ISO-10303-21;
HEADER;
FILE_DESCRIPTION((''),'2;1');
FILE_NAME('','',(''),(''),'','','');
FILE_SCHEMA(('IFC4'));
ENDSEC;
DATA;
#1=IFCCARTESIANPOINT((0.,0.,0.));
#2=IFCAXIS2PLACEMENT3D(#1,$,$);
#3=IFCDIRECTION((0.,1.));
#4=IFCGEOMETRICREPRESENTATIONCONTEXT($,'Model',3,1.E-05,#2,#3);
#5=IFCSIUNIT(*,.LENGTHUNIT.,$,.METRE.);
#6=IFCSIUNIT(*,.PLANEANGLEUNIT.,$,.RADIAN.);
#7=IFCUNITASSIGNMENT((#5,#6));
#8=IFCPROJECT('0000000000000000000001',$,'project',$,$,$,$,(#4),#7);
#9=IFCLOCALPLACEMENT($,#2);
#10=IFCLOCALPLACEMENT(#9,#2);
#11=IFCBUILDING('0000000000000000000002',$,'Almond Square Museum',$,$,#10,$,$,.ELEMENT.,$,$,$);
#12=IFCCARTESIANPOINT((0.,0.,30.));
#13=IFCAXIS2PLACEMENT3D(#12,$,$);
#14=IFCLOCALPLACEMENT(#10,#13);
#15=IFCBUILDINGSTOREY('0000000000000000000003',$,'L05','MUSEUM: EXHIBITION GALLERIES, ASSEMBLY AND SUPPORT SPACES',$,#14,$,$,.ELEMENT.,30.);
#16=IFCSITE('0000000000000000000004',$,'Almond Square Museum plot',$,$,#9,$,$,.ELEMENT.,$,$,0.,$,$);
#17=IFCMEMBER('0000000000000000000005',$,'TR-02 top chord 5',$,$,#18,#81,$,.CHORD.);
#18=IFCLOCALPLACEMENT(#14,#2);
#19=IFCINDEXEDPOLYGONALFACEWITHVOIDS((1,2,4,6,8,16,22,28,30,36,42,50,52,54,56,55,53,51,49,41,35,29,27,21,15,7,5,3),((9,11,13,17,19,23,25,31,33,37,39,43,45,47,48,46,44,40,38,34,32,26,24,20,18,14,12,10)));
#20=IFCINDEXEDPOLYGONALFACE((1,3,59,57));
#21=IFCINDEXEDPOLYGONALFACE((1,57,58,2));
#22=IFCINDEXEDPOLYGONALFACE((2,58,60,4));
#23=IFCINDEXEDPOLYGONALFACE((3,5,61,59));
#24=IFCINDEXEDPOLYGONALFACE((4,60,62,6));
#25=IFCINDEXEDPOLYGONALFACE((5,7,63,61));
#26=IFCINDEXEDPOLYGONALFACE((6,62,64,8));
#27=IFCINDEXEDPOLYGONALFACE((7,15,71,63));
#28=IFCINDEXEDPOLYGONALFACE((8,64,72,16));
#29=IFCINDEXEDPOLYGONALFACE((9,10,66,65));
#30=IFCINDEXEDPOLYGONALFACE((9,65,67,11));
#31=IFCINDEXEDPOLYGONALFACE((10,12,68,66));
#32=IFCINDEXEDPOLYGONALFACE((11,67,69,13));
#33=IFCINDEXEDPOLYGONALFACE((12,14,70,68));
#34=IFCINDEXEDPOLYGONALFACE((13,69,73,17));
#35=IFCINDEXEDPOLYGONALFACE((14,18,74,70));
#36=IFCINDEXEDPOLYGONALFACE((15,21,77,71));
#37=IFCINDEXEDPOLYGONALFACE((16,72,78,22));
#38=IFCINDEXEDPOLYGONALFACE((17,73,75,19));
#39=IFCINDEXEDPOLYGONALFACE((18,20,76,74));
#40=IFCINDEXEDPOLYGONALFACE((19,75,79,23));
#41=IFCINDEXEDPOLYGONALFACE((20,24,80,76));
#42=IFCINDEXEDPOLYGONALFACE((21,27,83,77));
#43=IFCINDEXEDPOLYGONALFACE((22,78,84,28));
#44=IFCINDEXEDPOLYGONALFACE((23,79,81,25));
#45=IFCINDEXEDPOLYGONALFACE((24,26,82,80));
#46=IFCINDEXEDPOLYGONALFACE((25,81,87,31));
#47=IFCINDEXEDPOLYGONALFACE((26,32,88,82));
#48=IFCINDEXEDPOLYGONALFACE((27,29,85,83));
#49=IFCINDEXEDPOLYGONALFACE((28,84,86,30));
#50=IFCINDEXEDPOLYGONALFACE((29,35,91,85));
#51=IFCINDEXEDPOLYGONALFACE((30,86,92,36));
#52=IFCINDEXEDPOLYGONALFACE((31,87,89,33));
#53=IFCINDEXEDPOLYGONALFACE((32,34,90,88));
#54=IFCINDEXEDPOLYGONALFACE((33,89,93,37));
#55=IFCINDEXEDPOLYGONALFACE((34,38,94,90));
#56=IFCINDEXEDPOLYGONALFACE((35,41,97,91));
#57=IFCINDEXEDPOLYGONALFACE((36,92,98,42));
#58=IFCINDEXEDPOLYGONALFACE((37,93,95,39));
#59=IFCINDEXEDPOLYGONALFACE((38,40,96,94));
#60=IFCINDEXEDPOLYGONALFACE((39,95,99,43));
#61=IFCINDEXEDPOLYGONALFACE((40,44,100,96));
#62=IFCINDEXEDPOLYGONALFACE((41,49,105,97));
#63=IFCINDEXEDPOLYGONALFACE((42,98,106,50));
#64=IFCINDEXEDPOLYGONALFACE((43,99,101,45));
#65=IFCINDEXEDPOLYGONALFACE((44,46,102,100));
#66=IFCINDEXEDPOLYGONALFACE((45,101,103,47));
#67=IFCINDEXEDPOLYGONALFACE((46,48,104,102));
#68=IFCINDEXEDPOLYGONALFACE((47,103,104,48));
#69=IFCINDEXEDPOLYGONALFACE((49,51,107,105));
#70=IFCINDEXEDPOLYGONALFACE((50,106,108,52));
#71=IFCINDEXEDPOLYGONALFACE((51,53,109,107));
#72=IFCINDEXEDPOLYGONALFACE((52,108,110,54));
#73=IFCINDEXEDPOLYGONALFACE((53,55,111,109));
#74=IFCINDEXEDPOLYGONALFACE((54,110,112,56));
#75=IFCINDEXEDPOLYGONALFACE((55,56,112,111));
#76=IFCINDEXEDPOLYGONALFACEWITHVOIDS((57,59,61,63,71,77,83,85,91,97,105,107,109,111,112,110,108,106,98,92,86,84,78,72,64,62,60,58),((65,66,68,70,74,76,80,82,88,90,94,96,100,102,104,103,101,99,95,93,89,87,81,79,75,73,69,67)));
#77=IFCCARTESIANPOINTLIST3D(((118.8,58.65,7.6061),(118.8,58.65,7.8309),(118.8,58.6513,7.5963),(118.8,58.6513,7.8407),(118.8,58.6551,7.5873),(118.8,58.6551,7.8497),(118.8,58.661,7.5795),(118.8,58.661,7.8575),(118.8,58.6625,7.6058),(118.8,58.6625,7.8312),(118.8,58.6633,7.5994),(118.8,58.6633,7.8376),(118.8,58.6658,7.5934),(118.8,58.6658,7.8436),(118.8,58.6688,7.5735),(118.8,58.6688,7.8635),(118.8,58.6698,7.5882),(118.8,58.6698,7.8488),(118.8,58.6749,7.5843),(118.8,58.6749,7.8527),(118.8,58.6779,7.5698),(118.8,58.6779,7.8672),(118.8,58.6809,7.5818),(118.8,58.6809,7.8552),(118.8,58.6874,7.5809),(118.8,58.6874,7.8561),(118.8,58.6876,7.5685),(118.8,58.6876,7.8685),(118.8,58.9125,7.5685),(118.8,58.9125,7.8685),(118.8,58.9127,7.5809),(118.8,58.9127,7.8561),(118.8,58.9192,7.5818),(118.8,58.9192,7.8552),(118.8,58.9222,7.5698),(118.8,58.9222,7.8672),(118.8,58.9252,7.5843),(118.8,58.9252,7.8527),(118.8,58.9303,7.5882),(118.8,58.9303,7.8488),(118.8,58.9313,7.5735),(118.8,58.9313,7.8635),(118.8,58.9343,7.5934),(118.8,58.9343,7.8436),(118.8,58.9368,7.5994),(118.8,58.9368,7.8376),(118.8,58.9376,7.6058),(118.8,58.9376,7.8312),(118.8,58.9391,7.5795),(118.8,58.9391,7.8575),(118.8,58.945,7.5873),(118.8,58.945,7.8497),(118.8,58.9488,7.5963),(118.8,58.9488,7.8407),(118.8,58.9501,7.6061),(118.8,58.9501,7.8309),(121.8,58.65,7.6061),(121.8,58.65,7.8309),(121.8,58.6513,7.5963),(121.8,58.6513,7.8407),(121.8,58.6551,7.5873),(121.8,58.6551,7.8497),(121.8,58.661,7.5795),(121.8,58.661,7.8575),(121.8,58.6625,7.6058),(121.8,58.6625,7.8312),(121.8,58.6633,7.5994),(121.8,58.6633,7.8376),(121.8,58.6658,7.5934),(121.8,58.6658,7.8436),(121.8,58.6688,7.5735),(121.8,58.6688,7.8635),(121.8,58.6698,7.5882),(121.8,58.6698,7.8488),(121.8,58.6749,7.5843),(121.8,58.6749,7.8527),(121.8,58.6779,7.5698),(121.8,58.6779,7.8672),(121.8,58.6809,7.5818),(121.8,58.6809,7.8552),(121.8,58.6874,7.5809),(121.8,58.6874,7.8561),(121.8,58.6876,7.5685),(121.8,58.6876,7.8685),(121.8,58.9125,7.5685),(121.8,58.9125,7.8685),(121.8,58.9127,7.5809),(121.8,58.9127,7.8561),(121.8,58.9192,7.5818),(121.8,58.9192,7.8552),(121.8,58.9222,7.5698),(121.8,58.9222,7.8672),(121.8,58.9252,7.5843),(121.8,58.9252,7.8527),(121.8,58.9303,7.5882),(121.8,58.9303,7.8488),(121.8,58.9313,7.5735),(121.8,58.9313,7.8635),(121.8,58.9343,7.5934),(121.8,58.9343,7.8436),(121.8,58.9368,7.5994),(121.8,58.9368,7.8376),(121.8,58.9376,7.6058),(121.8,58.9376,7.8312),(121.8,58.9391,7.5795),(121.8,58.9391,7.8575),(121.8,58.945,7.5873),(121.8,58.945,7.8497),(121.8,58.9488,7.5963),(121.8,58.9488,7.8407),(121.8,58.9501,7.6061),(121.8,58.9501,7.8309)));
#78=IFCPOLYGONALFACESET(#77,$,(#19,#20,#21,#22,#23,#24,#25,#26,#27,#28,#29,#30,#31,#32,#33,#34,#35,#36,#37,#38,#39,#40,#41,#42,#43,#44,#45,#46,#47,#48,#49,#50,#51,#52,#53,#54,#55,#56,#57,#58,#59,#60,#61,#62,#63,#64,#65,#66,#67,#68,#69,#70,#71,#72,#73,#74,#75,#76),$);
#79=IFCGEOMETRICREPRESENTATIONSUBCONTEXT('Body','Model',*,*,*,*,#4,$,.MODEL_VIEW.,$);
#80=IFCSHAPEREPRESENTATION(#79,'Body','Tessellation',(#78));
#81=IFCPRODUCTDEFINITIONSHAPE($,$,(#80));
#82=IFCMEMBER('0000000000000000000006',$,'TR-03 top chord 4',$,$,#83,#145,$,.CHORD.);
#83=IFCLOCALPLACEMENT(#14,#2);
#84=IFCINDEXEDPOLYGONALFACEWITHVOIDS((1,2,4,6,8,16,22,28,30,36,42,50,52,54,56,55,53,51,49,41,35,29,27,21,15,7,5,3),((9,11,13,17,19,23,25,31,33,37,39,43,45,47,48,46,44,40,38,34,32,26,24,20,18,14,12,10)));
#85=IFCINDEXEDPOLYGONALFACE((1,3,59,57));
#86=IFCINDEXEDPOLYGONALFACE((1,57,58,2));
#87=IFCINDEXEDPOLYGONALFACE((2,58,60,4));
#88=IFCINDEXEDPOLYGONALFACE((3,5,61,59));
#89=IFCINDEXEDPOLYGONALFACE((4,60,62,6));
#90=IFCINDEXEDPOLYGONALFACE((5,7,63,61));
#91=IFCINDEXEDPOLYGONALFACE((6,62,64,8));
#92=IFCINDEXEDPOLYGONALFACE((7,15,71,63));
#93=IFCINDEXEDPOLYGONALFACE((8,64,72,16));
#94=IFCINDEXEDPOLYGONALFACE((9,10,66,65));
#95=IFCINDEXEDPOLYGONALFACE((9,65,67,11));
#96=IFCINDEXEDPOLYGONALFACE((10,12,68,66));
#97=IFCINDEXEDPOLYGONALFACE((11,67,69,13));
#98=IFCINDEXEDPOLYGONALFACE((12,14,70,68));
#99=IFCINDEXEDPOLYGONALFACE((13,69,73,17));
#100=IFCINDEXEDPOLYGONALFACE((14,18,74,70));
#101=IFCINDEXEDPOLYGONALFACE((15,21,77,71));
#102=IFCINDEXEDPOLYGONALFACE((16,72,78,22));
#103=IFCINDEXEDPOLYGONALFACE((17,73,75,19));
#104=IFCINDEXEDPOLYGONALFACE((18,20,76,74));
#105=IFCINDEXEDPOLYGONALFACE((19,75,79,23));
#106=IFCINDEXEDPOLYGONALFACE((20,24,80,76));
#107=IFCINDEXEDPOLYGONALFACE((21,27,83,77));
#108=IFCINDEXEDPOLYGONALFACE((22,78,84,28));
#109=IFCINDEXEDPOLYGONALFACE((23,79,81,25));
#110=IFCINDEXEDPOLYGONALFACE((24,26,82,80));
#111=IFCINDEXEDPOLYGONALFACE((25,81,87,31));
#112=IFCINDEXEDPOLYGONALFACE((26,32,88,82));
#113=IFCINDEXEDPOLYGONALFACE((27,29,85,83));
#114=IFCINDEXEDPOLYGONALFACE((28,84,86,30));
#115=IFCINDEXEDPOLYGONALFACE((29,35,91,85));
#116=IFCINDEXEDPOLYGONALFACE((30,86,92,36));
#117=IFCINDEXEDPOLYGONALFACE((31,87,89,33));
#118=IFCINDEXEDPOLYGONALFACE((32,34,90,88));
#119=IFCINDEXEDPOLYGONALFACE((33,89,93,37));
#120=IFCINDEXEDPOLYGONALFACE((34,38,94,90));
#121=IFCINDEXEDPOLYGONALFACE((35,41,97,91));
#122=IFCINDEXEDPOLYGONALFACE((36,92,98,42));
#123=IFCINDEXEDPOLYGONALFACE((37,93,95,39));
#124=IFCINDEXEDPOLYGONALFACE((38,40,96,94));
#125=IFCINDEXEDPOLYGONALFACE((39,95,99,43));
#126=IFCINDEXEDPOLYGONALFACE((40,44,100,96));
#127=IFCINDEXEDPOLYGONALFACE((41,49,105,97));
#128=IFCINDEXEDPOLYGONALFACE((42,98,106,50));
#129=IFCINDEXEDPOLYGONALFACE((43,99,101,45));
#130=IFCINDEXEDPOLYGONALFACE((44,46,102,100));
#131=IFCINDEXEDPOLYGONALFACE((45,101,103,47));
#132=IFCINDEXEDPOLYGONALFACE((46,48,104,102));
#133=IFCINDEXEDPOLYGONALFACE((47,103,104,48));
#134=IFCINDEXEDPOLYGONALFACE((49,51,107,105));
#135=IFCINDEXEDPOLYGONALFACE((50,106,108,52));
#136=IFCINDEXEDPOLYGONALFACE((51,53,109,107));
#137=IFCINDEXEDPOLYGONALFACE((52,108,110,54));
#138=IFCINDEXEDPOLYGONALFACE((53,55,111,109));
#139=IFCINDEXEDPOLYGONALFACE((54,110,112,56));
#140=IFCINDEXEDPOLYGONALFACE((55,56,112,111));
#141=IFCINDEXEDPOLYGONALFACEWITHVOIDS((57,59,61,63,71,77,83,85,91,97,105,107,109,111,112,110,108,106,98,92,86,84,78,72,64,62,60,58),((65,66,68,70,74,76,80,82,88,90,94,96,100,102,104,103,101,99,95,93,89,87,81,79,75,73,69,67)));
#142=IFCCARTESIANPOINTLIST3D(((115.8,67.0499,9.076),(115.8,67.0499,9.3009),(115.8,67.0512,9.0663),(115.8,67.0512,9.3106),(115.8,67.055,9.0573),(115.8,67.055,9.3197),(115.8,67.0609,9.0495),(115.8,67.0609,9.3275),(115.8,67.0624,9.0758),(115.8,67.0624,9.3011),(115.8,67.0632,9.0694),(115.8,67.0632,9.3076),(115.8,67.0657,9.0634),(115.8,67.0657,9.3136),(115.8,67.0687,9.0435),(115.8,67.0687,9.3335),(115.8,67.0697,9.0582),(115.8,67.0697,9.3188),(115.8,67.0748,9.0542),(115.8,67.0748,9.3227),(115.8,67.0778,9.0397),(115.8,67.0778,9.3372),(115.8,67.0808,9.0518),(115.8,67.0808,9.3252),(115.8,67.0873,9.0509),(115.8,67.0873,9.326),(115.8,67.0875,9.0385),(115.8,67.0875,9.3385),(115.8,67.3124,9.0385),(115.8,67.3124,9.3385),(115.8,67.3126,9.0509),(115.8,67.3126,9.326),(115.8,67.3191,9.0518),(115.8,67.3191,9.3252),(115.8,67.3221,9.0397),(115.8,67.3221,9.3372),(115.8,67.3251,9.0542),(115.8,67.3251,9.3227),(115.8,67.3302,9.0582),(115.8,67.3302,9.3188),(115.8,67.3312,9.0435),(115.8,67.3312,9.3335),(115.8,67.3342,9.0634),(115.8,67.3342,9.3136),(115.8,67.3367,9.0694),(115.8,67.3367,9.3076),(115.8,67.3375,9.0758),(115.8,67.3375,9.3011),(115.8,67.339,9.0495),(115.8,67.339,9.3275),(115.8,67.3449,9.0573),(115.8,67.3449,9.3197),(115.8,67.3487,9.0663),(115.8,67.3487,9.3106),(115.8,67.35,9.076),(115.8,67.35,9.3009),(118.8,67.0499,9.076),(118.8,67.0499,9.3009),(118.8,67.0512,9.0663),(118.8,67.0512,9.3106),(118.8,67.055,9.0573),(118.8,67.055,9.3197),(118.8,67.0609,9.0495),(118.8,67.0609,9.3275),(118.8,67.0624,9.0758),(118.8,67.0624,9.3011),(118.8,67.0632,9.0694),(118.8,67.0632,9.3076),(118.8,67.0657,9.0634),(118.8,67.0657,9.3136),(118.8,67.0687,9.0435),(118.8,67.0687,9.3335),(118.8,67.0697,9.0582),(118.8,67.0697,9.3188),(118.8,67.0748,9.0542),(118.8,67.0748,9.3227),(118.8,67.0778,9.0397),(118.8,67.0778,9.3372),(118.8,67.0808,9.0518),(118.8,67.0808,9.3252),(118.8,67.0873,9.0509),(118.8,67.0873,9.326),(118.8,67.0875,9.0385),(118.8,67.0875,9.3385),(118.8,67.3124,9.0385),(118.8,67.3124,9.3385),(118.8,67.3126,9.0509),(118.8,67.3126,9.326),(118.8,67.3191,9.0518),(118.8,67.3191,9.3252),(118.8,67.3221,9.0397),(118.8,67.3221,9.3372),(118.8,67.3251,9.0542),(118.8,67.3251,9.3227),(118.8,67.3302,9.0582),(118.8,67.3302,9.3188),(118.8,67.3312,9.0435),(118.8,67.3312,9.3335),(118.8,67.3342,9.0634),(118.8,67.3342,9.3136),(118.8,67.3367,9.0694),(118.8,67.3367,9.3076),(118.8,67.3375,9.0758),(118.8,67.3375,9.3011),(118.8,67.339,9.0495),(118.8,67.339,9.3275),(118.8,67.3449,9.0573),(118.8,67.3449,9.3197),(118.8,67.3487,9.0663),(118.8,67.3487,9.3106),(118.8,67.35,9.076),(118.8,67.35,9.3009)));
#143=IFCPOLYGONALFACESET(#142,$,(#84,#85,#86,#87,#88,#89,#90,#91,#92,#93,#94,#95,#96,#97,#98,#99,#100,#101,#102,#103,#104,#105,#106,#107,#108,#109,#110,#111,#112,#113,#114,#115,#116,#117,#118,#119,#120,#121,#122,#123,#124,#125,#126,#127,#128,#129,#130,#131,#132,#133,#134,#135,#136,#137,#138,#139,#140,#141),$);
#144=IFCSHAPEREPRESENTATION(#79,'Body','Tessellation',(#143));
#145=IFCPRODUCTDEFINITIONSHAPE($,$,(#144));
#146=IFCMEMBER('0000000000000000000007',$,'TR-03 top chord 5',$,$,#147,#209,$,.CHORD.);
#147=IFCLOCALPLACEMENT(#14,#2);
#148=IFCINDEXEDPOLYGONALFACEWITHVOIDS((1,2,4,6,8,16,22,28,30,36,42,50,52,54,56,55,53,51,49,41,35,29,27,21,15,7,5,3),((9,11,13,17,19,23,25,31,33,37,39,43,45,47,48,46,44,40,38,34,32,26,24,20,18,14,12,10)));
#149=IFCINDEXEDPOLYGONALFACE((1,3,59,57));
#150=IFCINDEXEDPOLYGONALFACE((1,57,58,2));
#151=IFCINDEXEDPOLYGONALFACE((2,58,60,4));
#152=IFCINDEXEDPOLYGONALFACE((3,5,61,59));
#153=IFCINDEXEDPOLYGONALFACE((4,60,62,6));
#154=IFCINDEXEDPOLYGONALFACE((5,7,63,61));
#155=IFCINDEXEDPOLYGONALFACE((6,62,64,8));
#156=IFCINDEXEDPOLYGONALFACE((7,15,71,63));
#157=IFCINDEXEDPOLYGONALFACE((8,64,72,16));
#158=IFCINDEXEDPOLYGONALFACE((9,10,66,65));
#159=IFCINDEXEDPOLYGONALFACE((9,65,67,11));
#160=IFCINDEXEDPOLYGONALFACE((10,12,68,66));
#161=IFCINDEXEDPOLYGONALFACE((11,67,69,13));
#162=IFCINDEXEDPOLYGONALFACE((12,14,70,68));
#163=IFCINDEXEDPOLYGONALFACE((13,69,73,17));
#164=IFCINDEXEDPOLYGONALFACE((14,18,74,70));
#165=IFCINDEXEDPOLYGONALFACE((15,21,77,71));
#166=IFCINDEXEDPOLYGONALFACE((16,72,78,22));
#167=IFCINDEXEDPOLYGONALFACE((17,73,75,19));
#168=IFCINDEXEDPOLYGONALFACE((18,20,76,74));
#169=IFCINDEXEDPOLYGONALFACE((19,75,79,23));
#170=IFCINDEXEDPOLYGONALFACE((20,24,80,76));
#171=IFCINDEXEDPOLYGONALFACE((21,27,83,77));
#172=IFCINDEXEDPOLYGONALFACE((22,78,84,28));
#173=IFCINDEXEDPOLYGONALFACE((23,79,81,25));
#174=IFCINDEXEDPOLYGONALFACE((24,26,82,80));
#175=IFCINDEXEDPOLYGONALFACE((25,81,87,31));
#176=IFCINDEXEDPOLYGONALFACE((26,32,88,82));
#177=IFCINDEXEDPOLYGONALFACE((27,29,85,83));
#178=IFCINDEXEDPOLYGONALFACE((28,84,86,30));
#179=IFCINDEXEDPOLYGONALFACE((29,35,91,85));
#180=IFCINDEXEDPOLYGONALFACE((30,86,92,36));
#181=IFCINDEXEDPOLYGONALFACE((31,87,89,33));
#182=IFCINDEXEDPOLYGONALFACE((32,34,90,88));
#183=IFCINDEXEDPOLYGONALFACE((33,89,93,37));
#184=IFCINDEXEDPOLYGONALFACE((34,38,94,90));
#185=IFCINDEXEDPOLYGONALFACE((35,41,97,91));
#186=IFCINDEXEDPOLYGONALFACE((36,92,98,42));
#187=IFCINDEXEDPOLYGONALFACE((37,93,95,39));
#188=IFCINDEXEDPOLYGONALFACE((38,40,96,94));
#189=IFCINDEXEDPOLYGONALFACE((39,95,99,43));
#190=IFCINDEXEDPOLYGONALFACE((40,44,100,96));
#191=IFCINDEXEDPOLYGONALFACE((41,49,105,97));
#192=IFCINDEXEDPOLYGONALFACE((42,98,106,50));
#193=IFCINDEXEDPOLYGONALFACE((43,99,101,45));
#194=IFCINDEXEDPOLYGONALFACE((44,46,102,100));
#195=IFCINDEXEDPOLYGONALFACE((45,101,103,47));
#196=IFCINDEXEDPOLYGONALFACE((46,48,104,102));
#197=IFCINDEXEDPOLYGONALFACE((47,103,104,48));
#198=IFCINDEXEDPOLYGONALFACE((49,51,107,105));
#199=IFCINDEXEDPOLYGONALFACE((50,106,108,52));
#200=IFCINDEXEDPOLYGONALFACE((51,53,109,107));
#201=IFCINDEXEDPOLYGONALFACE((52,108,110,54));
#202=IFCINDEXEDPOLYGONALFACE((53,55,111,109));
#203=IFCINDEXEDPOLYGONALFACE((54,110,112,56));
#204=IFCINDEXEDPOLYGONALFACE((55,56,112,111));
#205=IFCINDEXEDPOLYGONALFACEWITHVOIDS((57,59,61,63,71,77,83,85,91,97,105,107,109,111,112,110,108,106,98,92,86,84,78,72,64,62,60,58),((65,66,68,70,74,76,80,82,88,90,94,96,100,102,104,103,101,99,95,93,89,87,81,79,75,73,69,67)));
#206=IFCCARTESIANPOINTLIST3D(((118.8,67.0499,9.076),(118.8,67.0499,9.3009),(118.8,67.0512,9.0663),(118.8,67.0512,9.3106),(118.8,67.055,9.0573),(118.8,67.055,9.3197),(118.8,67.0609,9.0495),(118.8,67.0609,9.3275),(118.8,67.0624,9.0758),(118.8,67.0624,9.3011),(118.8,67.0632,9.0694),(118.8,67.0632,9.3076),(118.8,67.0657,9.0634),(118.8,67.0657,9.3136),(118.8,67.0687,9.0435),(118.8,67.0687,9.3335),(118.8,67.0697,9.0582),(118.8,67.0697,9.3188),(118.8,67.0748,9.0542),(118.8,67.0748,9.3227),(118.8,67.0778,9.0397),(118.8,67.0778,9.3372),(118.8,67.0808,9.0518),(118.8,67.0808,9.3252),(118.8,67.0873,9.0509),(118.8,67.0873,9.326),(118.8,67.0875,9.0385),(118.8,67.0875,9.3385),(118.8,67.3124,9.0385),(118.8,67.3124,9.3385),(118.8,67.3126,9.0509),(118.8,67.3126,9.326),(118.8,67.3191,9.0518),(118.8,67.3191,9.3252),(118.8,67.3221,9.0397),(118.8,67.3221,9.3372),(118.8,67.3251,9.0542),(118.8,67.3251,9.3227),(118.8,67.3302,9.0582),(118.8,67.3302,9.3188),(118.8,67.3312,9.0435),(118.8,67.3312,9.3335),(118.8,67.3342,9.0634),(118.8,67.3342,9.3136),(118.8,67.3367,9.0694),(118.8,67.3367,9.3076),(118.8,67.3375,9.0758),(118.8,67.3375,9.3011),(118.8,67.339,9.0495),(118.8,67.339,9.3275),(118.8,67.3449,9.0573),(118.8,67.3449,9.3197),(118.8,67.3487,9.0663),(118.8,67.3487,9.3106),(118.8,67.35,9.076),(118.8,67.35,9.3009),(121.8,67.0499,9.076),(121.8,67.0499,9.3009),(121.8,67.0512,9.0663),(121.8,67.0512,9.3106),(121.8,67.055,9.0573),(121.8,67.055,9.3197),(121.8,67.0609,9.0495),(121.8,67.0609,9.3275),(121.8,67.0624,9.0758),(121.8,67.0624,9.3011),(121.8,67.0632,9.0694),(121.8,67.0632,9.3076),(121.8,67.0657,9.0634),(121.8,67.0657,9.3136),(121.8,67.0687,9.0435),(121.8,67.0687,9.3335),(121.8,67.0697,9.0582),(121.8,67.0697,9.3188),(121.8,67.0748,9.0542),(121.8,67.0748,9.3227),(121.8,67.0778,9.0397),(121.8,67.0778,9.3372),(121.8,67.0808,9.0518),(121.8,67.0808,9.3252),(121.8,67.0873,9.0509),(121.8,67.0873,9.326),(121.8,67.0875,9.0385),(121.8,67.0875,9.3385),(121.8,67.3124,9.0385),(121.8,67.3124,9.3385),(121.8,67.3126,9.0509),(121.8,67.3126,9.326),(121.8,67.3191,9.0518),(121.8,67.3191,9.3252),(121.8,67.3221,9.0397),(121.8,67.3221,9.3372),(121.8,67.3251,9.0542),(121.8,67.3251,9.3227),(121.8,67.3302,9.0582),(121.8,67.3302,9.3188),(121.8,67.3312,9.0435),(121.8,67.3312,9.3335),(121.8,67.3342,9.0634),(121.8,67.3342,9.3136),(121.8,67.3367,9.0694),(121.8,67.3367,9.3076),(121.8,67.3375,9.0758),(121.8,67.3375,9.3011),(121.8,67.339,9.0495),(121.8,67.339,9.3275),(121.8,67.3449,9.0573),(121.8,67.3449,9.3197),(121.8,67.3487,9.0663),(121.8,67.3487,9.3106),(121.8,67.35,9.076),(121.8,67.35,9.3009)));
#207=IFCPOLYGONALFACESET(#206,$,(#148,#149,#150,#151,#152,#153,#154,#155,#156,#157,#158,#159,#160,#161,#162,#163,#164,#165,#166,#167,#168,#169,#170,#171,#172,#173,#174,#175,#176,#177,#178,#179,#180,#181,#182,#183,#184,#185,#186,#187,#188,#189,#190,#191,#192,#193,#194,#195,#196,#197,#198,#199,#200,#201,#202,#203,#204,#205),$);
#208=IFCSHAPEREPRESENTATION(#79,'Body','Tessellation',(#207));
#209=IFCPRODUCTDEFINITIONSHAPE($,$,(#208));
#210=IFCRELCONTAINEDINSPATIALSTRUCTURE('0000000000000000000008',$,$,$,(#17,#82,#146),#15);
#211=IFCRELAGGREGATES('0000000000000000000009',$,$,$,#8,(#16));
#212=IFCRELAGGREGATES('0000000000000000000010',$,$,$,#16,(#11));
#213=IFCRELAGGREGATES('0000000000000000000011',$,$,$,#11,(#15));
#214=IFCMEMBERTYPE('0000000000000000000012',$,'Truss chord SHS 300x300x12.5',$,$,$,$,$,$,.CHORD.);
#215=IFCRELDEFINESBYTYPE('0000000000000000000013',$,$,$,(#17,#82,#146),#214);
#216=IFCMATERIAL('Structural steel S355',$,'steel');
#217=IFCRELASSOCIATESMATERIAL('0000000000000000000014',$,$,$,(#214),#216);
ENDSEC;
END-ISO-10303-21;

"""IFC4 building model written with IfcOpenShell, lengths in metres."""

from ifc_helpers import new_model, si_unit, direction, frame, origin, origin_2d, place, context, subcontext, project, spatial, hollow_rectangle, extrude, material, material_profile, profile_set, type_object, element, save


model = new_model("IFC4")

# Units and contexts
model_context = context("Model", 3, precision=1e-05, world=origin(), true_north=direction((0.0, 1.0)))
body_context = subcontext(model_context, "Body", "Model", "MODEL_VIEW")
ifc_project = project(units=[si_unit("LENGTHUNIT", "METRE"), si_unit("PLANEANGLEUNIT", "RADIAN")], contexts=[model_context])

# Site, building, storey
site_placement = place(None, origin())
site = spatial("IfcSite", under=ifc_project, at=site_placement, Name="Almond Square Museum plot", CompositionType="ELEMENT", RefElevation=0.0)
building_placement = place(site_placement, origin())
building = spatial("IfcBuilding", under=site, at=building_placement, Name="Almond Square Museum", CompositionType="ELEMENT")
storey_placement = place(building_placement, frame((0.0, 0.0, 30.0)))
storey = spatial("IfcBuildingStorey", under=building, at=storey_placement, Name="L05", Description="MUSEUM: EXHIBITION GALLERIES, ASSEMBLY AND SUPPORT SPACES", CompositionType="ELEMENT", Elevation=30.0)

# Members
ifc_material_1 = material(Name="Structural steel S355", Category="steel")
ifc_material_profile_1 = material_profile(ifc_material_1, hollow_rectangle(XDim=0.3, YDim=0.3, WallThickness=0.0125, InnerFilletRadius=0.0249, OuterFilletRadius=0.0376, at=origin_2d()))
ifc_profile_set_1 = profile_set([ifc_material_profile_1], Name="Structural steel S355")
member_type_1 = type_object("IfcMemberType", Name="Truss chord SHS 300x300x12.5", PredefinedType="CHORD", material=ifc_profile_set_1)
for number, where, z_axis, x_axis, name in (
    (1, (118.8, 58.8, 7.7185), (1.0, 0.0, 0.0), (0.0, 1.0, 0.0), "TR-02 top chord 5"),
    (2, (115.8, 67.2, 9.1885), (1.0, 0.0, 0.0), (0.0, 1.0, 0.0), "TR-03 top chord 4"),
    (3, (118.8, 67.2, 9.1885), (1.0, 0.0, 0.0), (0.0, 1.0, 0.0), "TR-03 top chord 5"),
):
    element("IfcMember", number, at=place(storey_placement, frame(where, z_axis=z_axis, x_axis=x_axis)), inside=storey, type_object=member_type_1, Name=name, PredefinedType="CHORD", context=body_context, shape_type="SweptSolid", body=[
        extrude(hollow_rectangle(XDim=0.3, YDim=0.3, WallThickness=0.0125, InnerFilletRadius=0.0249, OuterFilletRadius=0.0376, at=origin_2d()), origin(), (0.0, 0.0, 1.0), 3.0),
    ])

save(model, "model.ifc")
